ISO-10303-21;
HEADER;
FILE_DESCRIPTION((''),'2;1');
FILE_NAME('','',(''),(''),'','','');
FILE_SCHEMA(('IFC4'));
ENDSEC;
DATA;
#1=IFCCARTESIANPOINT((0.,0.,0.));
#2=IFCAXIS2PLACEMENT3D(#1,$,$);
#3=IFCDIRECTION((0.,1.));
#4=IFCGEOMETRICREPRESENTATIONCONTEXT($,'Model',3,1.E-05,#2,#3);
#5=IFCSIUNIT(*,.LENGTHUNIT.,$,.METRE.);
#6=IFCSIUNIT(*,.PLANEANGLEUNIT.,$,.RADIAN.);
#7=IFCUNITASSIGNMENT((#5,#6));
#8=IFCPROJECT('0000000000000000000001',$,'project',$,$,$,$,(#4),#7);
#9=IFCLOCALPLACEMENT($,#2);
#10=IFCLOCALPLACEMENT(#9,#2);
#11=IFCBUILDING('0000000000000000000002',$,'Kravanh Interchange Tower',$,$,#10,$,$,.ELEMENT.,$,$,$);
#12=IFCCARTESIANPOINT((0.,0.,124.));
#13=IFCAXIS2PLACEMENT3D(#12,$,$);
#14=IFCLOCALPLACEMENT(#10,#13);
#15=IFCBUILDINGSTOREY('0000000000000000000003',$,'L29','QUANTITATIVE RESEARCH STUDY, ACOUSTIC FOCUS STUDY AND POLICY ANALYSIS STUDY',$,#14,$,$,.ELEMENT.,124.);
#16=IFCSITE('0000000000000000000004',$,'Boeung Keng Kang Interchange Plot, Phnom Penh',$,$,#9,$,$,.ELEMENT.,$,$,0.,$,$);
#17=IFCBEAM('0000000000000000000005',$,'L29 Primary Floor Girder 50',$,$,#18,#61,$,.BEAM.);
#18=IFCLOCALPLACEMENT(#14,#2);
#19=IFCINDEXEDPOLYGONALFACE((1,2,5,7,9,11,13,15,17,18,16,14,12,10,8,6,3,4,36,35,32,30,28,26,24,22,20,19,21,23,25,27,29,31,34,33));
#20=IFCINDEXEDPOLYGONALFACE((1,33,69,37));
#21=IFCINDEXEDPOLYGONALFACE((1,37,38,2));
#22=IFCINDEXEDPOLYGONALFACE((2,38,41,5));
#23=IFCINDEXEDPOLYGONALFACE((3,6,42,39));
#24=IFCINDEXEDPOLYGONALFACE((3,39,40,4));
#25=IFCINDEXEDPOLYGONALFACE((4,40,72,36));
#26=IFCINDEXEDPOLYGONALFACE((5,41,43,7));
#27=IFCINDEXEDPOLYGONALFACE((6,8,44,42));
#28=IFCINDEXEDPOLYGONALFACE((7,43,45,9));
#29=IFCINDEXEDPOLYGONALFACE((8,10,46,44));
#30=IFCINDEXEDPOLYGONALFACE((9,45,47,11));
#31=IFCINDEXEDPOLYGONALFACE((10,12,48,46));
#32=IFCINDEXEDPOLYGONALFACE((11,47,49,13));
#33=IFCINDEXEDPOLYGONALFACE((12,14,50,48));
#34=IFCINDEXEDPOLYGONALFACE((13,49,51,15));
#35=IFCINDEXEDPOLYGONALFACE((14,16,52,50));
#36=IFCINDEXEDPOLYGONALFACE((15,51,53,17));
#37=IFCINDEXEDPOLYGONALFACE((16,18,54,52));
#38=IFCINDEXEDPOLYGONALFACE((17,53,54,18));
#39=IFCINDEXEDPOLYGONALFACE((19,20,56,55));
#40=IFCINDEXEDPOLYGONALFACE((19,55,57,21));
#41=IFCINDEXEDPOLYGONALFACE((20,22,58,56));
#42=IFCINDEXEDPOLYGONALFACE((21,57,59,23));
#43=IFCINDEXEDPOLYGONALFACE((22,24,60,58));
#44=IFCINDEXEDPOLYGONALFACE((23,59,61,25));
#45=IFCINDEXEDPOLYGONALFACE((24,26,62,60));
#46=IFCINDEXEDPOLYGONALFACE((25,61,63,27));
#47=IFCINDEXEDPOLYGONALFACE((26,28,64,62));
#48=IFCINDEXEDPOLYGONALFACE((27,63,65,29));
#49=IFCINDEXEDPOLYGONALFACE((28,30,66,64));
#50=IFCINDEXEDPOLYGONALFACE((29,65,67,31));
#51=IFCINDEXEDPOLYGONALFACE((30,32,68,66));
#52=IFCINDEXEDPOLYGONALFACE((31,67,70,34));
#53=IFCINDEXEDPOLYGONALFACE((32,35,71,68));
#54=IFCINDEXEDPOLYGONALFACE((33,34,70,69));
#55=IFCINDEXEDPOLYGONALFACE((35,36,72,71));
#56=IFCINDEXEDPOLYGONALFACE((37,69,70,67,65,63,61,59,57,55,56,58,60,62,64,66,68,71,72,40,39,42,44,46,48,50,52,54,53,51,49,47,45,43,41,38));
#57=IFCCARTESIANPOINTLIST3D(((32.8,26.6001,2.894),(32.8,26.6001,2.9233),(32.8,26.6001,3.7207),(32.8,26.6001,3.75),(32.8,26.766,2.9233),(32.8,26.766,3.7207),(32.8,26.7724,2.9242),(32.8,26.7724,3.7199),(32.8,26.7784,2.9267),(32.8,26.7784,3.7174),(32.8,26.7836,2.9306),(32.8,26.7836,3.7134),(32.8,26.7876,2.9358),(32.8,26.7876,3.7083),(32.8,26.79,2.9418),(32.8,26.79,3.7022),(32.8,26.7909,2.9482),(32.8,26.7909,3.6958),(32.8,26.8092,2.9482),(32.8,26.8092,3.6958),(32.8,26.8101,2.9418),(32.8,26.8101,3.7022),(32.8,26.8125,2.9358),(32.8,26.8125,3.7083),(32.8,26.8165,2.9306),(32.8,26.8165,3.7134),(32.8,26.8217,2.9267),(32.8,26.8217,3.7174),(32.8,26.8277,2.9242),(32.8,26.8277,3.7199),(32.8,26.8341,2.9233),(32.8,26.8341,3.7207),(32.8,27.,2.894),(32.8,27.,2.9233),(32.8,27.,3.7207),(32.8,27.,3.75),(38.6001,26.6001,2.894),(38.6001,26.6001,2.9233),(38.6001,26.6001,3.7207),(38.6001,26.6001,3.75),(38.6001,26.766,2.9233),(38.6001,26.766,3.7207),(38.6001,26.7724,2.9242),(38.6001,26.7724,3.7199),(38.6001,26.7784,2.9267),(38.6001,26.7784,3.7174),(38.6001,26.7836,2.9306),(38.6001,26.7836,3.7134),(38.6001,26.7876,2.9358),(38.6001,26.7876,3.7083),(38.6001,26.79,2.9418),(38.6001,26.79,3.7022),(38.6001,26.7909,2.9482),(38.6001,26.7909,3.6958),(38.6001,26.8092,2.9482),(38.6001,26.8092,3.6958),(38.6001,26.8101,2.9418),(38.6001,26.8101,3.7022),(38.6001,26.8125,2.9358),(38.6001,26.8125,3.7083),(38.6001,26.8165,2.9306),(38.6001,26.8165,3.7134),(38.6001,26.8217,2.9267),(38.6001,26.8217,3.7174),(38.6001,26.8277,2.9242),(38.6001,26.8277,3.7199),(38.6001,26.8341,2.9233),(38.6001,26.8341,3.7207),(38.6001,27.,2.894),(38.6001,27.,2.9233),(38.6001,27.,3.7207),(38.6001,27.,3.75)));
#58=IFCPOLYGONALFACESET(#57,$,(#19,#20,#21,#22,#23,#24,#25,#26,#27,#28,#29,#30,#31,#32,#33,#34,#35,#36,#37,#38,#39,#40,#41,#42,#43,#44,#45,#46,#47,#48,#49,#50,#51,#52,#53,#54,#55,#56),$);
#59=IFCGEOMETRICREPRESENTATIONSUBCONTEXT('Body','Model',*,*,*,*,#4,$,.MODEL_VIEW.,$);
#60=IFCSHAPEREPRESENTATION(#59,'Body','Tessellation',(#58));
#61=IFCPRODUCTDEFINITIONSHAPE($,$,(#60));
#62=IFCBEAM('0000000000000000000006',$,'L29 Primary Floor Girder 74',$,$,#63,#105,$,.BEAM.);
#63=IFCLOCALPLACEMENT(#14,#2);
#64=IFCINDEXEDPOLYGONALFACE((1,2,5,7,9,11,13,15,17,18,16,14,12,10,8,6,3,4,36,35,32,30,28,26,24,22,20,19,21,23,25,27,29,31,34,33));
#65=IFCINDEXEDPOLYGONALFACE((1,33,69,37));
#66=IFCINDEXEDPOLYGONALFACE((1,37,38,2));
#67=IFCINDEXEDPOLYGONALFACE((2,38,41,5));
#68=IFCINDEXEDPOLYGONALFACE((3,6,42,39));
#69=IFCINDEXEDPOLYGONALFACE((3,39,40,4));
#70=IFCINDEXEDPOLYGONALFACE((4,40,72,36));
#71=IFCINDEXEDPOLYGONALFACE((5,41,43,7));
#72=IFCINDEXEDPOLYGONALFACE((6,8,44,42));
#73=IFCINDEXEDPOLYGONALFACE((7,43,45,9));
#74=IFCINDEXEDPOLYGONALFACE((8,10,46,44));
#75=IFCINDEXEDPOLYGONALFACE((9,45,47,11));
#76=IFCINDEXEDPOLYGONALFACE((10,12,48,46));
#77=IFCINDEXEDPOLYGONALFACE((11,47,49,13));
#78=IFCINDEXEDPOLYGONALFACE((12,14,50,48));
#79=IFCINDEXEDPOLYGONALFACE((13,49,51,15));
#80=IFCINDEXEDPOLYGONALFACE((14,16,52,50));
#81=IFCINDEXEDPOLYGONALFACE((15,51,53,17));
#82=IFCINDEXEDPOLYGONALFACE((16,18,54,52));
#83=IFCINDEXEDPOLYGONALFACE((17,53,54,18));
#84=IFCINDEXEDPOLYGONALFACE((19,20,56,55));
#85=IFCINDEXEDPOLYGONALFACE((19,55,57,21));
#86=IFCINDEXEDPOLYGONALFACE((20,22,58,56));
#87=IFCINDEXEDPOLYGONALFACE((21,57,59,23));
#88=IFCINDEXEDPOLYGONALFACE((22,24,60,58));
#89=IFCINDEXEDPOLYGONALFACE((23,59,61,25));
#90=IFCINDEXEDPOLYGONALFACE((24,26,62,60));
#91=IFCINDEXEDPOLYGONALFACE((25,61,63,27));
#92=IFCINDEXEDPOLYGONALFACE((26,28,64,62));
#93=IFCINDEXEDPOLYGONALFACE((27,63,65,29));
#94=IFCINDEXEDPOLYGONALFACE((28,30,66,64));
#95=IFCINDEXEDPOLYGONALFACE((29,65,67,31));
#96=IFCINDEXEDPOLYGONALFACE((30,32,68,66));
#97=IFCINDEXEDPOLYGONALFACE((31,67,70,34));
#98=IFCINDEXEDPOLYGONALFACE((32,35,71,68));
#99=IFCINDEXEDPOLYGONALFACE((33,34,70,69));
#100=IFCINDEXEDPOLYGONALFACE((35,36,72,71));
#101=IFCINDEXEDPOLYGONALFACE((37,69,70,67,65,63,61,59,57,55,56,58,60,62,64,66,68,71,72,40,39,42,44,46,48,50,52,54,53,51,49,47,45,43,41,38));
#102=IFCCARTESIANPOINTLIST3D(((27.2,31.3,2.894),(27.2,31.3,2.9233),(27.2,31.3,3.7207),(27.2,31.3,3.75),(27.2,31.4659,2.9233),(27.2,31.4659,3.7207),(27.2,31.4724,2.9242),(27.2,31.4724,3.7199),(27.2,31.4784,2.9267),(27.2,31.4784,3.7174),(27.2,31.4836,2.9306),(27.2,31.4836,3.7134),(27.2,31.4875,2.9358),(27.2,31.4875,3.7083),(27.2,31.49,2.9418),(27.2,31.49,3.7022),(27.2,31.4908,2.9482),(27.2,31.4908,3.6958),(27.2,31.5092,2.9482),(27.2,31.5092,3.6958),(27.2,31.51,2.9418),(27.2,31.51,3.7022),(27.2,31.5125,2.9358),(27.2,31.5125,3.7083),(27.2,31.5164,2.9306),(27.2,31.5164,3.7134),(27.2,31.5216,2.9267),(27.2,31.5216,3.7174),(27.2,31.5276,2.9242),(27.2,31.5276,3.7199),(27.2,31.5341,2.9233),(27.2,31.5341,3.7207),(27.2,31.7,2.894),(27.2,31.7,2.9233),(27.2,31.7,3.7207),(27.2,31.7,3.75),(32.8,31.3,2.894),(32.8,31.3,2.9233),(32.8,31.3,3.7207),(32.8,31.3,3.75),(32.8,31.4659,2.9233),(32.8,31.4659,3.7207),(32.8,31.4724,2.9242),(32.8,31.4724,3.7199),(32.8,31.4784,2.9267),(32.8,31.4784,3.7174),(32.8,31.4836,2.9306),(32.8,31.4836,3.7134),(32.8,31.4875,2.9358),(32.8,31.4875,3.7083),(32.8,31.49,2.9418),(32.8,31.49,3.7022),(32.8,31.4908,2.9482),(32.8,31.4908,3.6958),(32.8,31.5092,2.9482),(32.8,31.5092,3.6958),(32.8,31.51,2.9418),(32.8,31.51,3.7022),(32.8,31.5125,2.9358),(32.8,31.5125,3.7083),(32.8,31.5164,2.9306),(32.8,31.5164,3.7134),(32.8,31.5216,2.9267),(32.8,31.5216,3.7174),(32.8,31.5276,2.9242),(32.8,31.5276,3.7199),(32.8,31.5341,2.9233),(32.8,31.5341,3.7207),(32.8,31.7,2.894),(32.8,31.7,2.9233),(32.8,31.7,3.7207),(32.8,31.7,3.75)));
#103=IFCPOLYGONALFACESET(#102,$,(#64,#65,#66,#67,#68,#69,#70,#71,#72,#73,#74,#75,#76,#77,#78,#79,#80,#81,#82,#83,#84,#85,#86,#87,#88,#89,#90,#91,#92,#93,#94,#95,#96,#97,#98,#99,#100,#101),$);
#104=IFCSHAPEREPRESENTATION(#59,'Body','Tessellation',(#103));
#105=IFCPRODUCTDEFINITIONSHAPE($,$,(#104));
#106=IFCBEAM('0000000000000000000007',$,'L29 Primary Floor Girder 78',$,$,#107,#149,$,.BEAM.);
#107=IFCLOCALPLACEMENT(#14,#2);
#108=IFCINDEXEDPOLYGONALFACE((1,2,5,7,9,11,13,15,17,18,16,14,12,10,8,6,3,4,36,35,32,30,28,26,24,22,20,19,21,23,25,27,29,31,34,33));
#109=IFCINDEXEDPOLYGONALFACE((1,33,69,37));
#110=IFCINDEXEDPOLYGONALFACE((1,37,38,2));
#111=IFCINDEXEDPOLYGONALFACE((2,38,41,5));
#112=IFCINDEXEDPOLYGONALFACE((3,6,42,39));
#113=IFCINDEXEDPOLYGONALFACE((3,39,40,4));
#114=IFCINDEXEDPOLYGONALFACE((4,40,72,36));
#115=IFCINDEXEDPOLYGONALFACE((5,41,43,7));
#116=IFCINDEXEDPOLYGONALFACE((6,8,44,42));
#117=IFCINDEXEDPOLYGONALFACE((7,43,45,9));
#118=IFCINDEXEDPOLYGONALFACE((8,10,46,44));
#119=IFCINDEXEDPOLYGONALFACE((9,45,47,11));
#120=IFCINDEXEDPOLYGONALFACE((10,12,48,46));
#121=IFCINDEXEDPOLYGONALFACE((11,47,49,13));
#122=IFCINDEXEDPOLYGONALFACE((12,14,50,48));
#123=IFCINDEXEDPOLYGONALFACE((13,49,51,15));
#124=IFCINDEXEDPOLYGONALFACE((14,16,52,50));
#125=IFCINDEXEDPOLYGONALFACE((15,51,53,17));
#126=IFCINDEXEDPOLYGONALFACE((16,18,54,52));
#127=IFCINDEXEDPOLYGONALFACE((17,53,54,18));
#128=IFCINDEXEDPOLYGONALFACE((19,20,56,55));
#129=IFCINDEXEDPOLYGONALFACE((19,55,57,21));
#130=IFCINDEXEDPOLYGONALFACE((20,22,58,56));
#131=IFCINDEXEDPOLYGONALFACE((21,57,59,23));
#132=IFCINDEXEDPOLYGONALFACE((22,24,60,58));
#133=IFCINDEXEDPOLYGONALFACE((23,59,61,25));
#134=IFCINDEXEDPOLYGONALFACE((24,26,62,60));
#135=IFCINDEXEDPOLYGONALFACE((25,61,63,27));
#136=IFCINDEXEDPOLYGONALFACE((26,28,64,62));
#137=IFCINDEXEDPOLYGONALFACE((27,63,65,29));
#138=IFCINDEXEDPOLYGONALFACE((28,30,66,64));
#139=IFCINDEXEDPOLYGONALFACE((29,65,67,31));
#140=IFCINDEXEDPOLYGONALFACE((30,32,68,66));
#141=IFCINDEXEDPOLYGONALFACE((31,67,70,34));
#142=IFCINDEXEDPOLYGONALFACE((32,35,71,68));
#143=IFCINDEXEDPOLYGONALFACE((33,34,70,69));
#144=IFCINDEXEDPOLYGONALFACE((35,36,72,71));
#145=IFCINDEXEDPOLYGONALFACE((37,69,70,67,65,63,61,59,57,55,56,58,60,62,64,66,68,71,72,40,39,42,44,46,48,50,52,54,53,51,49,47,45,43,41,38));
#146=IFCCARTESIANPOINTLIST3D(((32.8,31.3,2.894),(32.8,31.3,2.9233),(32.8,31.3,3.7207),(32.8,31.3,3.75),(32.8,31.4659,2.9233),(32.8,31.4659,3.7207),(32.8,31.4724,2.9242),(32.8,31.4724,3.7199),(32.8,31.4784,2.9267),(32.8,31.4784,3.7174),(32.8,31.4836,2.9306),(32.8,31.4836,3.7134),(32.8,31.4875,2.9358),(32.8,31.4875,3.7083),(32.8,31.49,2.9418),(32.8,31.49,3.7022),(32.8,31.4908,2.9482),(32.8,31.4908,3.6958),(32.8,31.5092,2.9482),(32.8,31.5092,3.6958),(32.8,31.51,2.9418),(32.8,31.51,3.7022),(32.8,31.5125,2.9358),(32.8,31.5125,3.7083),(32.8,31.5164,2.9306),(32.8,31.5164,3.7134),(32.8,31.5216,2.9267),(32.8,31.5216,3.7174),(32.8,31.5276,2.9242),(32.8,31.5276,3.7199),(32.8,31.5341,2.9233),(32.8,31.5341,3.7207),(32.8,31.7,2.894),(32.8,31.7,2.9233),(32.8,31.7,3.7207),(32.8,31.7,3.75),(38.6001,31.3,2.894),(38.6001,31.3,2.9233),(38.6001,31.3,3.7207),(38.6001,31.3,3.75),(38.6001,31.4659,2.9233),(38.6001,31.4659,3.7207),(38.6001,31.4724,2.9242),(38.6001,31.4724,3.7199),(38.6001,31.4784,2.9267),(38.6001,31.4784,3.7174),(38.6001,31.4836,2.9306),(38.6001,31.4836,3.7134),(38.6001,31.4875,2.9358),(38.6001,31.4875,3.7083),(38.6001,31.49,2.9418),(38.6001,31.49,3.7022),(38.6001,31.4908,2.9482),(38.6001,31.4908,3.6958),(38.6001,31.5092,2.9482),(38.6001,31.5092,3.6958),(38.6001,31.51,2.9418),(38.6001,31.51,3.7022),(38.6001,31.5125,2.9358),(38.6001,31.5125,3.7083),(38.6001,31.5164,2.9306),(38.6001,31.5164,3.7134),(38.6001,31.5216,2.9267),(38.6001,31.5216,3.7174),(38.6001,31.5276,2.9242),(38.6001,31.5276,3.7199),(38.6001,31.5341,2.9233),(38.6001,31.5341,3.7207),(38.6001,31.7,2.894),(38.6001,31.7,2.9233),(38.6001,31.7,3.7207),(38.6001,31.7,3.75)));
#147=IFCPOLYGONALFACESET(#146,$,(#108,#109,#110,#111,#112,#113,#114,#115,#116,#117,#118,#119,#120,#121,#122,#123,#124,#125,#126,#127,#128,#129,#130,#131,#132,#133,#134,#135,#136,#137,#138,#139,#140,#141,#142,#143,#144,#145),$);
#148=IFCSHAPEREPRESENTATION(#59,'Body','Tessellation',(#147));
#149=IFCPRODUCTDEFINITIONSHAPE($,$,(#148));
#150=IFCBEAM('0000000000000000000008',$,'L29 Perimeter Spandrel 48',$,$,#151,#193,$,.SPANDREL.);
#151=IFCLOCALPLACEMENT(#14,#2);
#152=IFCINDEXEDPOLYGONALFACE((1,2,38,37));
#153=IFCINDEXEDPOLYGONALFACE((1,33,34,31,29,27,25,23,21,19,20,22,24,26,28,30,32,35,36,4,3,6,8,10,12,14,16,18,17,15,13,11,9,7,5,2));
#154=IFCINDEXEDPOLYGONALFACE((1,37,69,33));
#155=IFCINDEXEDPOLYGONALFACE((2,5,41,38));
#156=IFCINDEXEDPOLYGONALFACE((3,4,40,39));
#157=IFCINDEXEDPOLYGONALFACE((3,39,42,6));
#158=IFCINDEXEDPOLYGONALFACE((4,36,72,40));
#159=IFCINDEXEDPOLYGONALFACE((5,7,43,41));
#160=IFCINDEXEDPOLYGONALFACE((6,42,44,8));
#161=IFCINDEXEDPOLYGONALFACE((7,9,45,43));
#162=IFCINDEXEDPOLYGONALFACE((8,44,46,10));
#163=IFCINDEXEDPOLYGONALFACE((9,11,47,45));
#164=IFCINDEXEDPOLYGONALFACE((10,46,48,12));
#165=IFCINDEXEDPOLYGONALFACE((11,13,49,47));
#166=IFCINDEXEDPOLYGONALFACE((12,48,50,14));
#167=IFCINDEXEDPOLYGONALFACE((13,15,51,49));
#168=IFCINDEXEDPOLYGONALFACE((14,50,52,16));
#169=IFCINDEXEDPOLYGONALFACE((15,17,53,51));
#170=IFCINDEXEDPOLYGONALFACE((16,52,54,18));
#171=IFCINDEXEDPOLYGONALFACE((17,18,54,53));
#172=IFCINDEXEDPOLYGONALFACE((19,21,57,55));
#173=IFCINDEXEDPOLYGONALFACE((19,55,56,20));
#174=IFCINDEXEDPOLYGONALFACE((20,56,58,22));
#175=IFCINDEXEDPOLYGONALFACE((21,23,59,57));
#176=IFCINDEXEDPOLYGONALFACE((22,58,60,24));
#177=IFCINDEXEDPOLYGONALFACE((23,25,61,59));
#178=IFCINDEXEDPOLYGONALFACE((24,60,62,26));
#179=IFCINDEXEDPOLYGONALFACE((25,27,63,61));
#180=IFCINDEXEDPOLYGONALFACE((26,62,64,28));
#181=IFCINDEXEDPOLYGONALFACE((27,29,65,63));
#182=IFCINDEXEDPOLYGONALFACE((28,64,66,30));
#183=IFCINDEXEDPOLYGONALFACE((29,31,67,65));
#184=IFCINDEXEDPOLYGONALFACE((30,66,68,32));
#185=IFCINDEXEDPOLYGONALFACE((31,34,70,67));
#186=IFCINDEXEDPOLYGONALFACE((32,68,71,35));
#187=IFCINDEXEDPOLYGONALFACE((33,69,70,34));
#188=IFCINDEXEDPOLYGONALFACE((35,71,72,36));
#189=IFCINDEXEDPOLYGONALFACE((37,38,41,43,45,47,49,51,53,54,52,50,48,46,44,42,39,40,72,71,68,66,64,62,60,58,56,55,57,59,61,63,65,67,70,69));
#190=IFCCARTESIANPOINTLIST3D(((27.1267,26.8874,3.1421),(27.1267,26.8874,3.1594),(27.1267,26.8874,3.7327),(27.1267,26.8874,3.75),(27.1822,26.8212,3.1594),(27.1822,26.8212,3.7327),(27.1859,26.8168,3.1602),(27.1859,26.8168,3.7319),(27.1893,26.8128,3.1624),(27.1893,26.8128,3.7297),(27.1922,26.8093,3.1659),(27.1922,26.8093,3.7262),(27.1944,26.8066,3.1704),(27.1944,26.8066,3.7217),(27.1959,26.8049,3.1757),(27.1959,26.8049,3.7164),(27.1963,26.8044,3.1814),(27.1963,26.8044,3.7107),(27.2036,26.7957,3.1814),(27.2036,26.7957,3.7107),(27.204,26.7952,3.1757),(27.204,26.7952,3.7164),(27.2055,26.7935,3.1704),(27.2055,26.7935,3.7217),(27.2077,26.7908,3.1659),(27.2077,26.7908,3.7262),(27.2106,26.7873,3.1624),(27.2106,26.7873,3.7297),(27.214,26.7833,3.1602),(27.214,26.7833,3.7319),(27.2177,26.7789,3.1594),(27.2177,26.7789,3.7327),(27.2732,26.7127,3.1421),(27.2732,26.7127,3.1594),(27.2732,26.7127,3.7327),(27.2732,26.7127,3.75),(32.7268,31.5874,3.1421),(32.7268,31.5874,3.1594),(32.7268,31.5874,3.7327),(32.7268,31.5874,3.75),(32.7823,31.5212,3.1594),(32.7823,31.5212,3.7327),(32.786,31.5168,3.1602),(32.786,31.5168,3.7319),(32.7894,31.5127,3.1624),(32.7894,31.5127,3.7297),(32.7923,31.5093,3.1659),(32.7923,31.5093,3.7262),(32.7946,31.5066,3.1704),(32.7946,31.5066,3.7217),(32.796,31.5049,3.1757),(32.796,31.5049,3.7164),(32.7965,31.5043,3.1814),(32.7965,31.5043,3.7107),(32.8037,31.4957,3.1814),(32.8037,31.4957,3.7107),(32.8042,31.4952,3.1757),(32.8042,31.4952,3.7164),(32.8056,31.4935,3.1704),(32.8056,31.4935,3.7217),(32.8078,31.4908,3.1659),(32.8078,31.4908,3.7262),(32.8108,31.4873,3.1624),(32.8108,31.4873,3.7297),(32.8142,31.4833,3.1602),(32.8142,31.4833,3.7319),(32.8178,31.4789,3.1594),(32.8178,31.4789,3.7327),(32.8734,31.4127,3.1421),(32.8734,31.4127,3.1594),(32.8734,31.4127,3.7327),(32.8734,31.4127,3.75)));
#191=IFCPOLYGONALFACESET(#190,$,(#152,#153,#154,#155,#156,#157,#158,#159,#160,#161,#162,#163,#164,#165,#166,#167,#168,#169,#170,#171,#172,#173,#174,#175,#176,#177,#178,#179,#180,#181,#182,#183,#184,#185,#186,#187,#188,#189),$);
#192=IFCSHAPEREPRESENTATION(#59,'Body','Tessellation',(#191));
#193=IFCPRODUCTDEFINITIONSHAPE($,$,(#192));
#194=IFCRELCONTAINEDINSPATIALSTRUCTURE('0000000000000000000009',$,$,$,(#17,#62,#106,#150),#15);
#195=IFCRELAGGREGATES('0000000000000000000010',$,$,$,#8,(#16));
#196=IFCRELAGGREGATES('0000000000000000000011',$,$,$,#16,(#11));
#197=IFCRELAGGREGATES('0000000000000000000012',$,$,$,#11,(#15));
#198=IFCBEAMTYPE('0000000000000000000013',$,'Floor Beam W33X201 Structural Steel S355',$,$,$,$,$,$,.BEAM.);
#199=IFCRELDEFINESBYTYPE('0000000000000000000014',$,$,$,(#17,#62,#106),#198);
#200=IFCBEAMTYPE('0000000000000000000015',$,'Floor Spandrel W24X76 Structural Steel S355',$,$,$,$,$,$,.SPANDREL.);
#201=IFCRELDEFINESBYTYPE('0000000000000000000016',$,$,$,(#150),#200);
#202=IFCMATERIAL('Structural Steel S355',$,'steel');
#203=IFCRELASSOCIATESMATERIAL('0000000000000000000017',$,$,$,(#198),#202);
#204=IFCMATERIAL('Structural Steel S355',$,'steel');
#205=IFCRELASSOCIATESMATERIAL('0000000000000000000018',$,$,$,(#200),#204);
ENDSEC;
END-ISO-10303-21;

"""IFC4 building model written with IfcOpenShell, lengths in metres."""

from ifc_helpers import new_model, si_unit, direction, frame, origin, origin_2d, place, context, subcontext, project, spatial, i_section, extrude, material, material_profile, profile_set, type_object, element, save


model = new_model("IFC4")

# Units and contexts
model_context = context("Model", 3, precision=1e-05, world=origin(), true_north=direction((0.0, 1.0)))
body_context = subcontext(model_context, "Body", "Model", "MODEL_VIEW")
ifc_project = project(units=[si_unit("LENGTHUNIT", "METRE"), si_unit("PLANEANGLEUNIT", "RADIAN")], contexts=[model_context])

# Site, building, storey
site_placement = place(None, origin())
site = spatial("IfcSite", under=ifc_project, at=site_placement, Name="Boeung Keng Kang Interchange Plot, Phnom Penh", CompositionType="ELEMENT", RefElevation=0.0)
building_placement = place(site_placement, origin())
building = spatial("IfcBuilding", under=site, at=building_placement, Name="Kravanh Interchange Tower", CompositionType="ELEMENT")
storey_placement = place(building_placement, frame((0.0, 0.0, 124.0)))
storey = spatial("IfcBuildingStorey", under=building, at=storey_placement, Name="L29", Description="QUANTITATIVE RESEARCH STUDY, ACOUSTIC FOCUS STUDY AND POLICY ANALYSIS STUDY", CompositionType="ELEMENT", Elevation=124.0)

# Beams
ifc_material_1 = material(Name="Structural Steel S355", Category="steel")
ifc_material_profile_1 = material_profile(ifc_material_1, i_section(OverallWidth=0.3999, OverallDepth=0.856, WebThickness=0.0183, FlangeThickness=0.0293, FilletRadius=0.0249, at=origin_2d()), Name="W33X201")
ifc_profile_set_1 = profile_set([ifc_material_profile_1], Name="Structural Steel S355")
beam_type_1 = type_object("IfcBeamType", Name="Floor Beam W33X201 Structural Steel S355", PredefinedType="BEAM", material=ifc_profile_set_1)
beam_1_placement = place(storey_placement, frame((32.8, 26.8, 3.322), z_axis=(1.0, 0.0, 0.0), x_axis=(0.0, 1.0, 0.0)))
element("IfcBeam", 1, at=beam_1_placement, inside=storey, type_object=beam_type_1, Name="L29 Primary Floor Girder 50", PredefinedType="BEAM", context=body_context, shape_type="SweptSolid", body=[
    extrude(i_section(OverallWidth=0.3999, OverallDepth=0.856, WebThickness=0.0183, FlangeThickness=0.0293, FilletRadius=0.0249, at=origin_2d()), origin(), (0.0, 0.0, 1.0), 5.8),
])
beam_2_placement = place(storey_placement, frame((27.2, 31.5, 3.322), z_axis=(1.0, 0.0, 0.0), x_axis=(0.0, 1.0, 0.0)))
element("IfcBeam", 2, at=beam_2_placement, inside=storey, type_object=beam_type_1, Name="L29 Primary Floor Girder 74", PredefinedType="BEAM", context=body_context, shape_type="SweptSolid", body=[
    extrude(i_section(OverallWidth=0.3999, OverallDepth=0.856, WebThickness=0.0183, FlangeThickness=0.0293, FilletRadius=0.0249, at=origin_2d()), origin(), (0.0, 0.0, 1.0), 5.6001),
])
beam_3_placement = place(storey_placement, frame((32.8, 31.5, 3.322), z_axis=(1.0, 0.0, 0.0), x_axis=(0.0, 1.0, 0.0)))
element("IfcBeam", 3, at=beam_3_placement, inside=storey, type_object=beam_type_1, Name="L29 Primary Floor Girder 78", PredefinedType="BEAM", context=body_context, shape_type="SweptSolid", body=[
    extrude(i_section(OverallWidth=0.3999, OverallDepth=0.856, WebThickness=0.0183, FlangeThickness=0.0293, FilletRadius=0.0249, at=origin_2d()), origin(), (0.0, 0.0, 1.0), 5.8),
])
ifc_material_2 = material(Name="Structural Steel S355", Category="steel")
ifc_material_profile_2 = material_profile(ifc_material_2, i_section(OverallWidth=0.228, OverallDepth=0.6079, WebThickness=0.0112, FlangeThickness=0.0173, FilletRadius=0.022, at=origin_2d()), Name="W24X76")
ifc_profile_set_2 = profile_set([ifc_material_profile_2], Name="Structural Steel S355")
beam_type_2 = type_object("IfcBeamType", Name="Floor Spandrel W24X76 Structural Steel S355", PredefinedType="SPANDREL", material=ifc_profile_set_2)
beam_4_placement = place(storey_placement, frame((27.2, 26.8, 3.446), z_axis=(0.765983, 0.642861, 0.0), x_axis=(-0.642861, 0.765983, 0.0)))
element("IfcBeam", 4, at=beam_4_placement, inside=storey, type_object=beam_type_2, Name="L29 Perimeter Spandrel 48", PredefinedType="SPANDREL", context=body_context, shape_type="SweptSolid", body=[
    extrude(i_section(OverallWidth=0.228, OverallDepth=0.6079, WebThickness=0.0112, FlangeThickness=0.0173, FilletRadius=0.022, at=origin_2d()), origin(), (0.0, 0.0, 1.0), 7.311),
])

save(model, "model.ifc")
